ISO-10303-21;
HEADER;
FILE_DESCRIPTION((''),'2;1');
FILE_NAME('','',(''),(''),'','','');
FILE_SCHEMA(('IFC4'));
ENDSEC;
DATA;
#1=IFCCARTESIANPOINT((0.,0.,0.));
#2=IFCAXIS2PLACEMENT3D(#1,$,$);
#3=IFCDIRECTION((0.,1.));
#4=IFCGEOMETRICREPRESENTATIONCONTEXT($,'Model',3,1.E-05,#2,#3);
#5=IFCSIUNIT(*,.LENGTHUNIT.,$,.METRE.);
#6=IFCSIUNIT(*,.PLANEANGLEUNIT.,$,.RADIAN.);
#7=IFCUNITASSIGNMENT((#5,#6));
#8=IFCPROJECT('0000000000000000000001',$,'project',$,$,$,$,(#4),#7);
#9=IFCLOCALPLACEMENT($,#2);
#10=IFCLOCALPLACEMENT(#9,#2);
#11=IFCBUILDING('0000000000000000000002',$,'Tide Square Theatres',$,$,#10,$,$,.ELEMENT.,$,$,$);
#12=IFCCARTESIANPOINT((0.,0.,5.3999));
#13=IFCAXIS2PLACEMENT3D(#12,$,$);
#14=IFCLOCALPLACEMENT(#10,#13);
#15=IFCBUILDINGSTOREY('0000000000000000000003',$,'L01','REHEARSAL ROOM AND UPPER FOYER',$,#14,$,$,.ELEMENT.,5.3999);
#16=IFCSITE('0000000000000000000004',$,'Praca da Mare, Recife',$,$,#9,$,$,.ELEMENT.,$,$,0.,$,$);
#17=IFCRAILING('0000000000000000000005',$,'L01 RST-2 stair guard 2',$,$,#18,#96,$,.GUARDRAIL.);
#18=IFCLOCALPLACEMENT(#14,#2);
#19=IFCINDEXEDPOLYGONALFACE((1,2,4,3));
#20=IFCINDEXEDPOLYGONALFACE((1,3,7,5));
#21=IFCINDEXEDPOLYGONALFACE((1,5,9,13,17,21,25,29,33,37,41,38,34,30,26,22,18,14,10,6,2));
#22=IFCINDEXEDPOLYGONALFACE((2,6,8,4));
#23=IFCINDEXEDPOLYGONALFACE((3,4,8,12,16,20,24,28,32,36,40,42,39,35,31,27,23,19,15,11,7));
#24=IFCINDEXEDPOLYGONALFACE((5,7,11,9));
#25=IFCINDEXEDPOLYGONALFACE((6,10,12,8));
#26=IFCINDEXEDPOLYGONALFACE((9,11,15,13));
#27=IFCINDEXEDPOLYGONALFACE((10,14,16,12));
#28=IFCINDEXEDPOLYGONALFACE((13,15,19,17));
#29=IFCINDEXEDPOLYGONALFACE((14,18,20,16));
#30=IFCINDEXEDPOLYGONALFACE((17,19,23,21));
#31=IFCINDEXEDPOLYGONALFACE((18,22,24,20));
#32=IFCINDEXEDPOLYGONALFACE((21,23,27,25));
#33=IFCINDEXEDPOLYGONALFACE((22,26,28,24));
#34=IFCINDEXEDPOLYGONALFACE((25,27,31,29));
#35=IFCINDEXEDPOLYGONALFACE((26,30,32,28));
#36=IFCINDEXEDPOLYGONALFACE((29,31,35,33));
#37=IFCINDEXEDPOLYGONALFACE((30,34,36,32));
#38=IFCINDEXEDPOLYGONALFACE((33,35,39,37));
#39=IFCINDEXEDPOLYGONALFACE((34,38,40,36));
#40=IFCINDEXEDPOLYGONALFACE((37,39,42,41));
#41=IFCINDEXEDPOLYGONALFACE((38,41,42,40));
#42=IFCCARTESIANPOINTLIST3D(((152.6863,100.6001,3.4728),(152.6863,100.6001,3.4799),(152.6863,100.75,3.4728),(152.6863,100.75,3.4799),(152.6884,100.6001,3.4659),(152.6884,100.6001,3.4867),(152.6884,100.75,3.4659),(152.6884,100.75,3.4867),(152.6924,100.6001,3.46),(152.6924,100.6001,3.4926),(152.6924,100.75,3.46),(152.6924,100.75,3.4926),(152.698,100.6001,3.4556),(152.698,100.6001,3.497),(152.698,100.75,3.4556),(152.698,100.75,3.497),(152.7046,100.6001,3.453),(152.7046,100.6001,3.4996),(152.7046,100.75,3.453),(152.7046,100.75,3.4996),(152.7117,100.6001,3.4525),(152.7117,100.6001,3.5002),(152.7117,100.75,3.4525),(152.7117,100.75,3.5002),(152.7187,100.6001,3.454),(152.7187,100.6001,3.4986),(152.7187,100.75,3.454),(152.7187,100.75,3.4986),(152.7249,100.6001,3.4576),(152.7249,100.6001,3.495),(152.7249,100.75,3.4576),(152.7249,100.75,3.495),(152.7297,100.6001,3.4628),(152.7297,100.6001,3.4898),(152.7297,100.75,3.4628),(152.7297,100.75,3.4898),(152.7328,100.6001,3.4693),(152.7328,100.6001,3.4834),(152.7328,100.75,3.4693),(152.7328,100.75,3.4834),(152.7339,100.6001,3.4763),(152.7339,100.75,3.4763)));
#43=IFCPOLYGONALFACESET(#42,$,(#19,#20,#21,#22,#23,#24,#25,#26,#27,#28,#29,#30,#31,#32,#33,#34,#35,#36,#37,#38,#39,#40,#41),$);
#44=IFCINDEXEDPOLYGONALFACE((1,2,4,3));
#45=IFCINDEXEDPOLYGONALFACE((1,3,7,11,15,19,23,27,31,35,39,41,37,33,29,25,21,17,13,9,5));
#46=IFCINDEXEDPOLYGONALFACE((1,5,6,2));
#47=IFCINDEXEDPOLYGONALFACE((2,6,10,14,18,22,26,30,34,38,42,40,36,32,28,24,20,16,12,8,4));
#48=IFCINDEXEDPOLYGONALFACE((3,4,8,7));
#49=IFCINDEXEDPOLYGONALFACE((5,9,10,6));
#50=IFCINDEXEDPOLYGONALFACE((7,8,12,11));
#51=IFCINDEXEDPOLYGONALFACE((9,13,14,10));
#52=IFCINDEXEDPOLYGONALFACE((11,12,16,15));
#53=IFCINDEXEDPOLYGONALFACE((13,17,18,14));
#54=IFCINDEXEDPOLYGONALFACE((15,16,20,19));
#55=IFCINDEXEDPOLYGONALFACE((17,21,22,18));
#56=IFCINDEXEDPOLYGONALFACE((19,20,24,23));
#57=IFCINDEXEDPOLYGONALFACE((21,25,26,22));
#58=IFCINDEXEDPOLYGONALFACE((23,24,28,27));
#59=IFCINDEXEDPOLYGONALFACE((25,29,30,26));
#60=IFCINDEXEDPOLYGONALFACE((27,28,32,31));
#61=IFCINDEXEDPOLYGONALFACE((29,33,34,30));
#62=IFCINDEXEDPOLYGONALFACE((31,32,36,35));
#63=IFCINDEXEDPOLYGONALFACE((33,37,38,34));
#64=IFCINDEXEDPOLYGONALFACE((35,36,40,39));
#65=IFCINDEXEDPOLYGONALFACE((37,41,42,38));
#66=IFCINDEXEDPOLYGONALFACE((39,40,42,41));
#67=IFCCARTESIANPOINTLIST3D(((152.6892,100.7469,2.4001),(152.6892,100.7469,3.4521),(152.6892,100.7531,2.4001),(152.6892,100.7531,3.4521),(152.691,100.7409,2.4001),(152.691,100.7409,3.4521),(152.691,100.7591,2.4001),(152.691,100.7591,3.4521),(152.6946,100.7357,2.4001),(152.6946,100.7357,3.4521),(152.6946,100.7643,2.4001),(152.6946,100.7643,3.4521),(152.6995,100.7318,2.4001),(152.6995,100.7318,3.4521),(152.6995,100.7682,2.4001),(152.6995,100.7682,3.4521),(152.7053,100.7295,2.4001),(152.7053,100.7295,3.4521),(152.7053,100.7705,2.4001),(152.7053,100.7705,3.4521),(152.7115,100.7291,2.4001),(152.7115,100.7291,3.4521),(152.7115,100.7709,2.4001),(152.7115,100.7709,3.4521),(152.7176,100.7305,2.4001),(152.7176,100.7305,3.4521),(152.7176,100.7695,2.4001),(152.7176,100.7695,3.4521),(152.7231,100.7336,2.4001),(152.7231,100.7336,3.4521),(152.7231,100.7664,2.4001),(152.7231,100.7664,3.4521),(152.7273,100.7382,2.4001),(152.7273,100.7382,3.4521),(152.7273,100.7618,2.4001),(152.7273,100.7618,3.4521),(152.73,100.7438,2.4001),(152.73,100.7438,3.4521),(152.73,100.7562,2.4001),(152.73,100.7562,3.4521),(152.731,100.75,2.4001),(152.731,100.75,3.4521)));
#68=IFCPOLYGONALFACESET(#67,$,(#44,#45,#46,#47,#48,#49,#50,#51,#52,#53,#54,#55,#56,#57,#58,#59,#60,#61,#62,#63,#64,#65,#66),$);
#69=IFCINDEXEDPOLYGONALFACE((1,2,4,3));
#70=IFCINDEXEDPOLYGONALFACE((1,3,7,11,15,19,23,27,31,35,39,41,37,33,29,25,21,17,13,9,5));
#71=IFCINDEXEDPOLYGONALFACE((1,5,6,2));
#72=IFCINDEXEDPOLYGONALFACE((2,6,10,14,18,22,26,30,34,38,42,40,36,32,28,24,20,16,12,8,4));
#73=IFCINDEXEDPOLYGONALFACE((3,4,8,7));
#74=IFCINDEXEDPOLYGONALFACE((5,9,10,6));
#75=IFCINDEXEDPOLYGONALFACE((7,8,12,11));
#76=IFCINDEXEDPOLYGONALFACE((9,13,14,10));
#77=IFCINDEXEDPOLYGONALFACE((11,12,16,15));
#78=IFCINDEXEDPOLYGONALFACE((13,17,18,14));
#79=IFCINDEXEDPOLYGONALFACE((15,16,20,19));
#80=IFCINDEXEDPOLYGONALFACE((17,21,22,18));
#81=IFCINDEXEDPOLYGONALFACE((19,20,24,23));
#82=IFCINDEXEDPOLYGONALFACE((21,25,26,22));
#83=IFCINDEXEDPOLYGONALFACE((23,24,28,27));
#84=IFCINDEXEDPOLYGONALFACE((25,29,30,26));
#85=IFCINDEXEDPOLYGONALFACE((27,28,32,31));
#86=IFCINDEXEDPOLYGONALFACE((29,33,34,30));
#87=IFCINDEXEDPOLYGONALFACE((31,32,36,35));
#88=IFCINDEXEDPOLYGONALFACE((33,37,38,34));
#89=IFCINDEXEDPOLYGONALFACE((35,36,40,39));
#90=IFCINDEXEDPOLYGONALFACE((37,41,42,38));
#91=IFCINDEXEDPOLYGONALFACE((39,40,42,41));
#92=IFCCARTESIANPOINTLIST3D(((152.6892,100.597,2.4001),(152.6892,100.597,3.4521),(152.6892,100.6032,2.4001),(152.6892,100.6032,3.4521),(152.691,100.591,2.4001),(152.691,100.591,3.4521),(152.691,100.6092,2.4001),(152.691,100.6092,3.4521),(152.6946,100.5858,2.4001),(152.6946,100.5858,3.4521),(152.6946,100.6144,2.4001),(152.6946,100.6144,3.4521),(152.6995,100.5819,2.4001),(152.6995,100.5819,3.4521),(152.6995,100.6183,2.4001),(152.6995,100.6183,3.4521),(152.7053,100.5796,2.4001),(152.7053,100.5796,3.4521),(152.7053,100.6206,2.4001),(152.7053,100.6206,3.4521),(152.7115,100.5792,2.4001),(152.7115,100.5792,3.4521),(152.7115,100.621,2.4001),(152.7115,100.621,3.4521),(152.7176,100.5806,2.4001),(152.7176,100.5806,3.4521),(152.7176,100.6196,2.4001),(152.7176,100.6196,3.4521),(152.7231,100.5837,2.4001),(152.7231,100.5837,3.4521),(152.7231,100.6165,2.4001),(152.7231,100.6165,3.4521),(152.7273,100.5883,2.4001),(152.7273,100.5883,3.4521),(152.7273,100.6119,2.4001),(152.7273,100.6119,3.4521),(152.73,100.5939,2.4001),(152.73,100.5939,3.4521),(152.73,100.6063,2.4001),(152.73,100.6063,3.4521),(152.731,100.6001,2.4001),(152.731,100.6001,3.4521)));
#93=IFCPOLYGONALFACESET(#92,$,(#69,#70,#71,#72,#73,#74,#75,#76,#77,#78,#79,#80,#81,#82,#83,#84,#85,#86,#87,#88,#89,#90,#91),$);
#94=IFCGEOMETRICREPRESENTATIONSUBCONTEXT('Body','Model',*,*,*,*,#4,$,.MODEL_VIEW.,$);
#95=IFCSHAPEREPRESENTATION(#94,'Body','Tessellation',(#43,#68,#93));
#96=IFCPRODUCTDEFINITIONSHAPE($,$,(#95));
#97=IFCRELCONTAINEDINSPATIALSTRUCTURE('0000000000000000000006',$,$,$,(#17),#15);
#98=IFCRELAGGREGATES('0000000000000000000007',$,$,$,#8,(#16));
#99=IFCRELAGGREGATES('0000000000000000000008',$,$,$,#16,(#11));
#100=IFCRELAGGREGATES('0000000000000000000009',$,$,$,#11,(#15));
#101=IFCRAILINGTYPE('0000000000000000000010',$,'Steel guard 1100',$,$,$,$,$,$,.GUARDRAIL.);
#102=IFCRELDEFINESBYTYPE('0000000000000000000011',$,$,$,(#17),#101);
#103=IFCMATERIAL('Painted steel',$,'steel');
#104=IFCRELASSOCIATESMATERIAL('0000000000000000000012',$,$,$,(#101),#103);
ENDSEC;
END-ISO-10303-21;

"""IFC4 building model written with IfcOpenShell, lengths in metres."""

from ifc_helpers import new_model, si_unit, direction, frame, origin, origin_2d, place, context, subcontext, project, spatial, circle, extrude, material, type_object, element, save


model = new_model("IFC4")

# Units and contexts
model_context = context("Model", 3, precision=1e-05, world=origin(), true_north=direction((0.0, 1.0)))
body_context = subcontext(model_context, "Body", "Model", "MODEL_VIEW")
ifc_project = project(units=[si_unit("LENGTHUNIT", "METRE"), si_unit("PLANEANGLEUNIT", "RADIAN")], contexts=[model_context])

# Site, building, storey
site_placement = place(None, origin())
site = spatial("IfcSite", under=ifc_project, at=site_placement, Name="Praca da Mare, Recife", CompositionType="ELEMENT", RefElevation=0.0)
building_placement = place(site_placement, origin())
building = spatial("IfcBuilding", under=site, at=building_placement, Name="Tide Square Theatres", CompositionType="ELEMENT")
storey_placement = place(building_placement, frame((0.0, 0.0, 5.3999)))
storey = spatial("IfcBuildingStorey", under=building, at=storey_placement, Name="L01", Description="REHEARSAL ROOM AND UPPER FOYER", CompositionType="ELEMENT", Elevation=5.3999)

# Railing
ifc_material_1 = material(Name="Painted steel", Category="steel")
railing_type_1 = type_object("IfcRailingType", Name="Steel guard 1100", PredefinedType="GUARDRAIL", material=ifc_material_1)
railing_1_placement = place(storey_placement, frame((152.71, 100.75, 2.4001)))
element("IfcRailing", 1, at=railing_1_placement, inside=storey, type_object=railing_type_1, Name="L01 RST-2 stair guard 2", PredefinedType="GUARDRAIL", context=body_context, shape_type="SweptSolid", body=[
    extrude(circle(Radius=0.0239, at=origin_2d()), frame((0.0, 0.0, 1.0762), z_axis=(0.0, -1.0, 0.0), x_axis=(1.0, 0.0, 0.0)), (0.0, 0.0, 1.0), 0.1499),
    extrude(circle(Radius=0.021, at=origin_2d()), origin(), (0.0, 0.0, 1.0), 1.052),
    extrude(circle(Radius=0.021, at=origin_2d()), frame((0.0, -0.1499, 0.0)), (0.0, 0.0, 1.0), 1.052),
])

save(model, "model.ifc")
